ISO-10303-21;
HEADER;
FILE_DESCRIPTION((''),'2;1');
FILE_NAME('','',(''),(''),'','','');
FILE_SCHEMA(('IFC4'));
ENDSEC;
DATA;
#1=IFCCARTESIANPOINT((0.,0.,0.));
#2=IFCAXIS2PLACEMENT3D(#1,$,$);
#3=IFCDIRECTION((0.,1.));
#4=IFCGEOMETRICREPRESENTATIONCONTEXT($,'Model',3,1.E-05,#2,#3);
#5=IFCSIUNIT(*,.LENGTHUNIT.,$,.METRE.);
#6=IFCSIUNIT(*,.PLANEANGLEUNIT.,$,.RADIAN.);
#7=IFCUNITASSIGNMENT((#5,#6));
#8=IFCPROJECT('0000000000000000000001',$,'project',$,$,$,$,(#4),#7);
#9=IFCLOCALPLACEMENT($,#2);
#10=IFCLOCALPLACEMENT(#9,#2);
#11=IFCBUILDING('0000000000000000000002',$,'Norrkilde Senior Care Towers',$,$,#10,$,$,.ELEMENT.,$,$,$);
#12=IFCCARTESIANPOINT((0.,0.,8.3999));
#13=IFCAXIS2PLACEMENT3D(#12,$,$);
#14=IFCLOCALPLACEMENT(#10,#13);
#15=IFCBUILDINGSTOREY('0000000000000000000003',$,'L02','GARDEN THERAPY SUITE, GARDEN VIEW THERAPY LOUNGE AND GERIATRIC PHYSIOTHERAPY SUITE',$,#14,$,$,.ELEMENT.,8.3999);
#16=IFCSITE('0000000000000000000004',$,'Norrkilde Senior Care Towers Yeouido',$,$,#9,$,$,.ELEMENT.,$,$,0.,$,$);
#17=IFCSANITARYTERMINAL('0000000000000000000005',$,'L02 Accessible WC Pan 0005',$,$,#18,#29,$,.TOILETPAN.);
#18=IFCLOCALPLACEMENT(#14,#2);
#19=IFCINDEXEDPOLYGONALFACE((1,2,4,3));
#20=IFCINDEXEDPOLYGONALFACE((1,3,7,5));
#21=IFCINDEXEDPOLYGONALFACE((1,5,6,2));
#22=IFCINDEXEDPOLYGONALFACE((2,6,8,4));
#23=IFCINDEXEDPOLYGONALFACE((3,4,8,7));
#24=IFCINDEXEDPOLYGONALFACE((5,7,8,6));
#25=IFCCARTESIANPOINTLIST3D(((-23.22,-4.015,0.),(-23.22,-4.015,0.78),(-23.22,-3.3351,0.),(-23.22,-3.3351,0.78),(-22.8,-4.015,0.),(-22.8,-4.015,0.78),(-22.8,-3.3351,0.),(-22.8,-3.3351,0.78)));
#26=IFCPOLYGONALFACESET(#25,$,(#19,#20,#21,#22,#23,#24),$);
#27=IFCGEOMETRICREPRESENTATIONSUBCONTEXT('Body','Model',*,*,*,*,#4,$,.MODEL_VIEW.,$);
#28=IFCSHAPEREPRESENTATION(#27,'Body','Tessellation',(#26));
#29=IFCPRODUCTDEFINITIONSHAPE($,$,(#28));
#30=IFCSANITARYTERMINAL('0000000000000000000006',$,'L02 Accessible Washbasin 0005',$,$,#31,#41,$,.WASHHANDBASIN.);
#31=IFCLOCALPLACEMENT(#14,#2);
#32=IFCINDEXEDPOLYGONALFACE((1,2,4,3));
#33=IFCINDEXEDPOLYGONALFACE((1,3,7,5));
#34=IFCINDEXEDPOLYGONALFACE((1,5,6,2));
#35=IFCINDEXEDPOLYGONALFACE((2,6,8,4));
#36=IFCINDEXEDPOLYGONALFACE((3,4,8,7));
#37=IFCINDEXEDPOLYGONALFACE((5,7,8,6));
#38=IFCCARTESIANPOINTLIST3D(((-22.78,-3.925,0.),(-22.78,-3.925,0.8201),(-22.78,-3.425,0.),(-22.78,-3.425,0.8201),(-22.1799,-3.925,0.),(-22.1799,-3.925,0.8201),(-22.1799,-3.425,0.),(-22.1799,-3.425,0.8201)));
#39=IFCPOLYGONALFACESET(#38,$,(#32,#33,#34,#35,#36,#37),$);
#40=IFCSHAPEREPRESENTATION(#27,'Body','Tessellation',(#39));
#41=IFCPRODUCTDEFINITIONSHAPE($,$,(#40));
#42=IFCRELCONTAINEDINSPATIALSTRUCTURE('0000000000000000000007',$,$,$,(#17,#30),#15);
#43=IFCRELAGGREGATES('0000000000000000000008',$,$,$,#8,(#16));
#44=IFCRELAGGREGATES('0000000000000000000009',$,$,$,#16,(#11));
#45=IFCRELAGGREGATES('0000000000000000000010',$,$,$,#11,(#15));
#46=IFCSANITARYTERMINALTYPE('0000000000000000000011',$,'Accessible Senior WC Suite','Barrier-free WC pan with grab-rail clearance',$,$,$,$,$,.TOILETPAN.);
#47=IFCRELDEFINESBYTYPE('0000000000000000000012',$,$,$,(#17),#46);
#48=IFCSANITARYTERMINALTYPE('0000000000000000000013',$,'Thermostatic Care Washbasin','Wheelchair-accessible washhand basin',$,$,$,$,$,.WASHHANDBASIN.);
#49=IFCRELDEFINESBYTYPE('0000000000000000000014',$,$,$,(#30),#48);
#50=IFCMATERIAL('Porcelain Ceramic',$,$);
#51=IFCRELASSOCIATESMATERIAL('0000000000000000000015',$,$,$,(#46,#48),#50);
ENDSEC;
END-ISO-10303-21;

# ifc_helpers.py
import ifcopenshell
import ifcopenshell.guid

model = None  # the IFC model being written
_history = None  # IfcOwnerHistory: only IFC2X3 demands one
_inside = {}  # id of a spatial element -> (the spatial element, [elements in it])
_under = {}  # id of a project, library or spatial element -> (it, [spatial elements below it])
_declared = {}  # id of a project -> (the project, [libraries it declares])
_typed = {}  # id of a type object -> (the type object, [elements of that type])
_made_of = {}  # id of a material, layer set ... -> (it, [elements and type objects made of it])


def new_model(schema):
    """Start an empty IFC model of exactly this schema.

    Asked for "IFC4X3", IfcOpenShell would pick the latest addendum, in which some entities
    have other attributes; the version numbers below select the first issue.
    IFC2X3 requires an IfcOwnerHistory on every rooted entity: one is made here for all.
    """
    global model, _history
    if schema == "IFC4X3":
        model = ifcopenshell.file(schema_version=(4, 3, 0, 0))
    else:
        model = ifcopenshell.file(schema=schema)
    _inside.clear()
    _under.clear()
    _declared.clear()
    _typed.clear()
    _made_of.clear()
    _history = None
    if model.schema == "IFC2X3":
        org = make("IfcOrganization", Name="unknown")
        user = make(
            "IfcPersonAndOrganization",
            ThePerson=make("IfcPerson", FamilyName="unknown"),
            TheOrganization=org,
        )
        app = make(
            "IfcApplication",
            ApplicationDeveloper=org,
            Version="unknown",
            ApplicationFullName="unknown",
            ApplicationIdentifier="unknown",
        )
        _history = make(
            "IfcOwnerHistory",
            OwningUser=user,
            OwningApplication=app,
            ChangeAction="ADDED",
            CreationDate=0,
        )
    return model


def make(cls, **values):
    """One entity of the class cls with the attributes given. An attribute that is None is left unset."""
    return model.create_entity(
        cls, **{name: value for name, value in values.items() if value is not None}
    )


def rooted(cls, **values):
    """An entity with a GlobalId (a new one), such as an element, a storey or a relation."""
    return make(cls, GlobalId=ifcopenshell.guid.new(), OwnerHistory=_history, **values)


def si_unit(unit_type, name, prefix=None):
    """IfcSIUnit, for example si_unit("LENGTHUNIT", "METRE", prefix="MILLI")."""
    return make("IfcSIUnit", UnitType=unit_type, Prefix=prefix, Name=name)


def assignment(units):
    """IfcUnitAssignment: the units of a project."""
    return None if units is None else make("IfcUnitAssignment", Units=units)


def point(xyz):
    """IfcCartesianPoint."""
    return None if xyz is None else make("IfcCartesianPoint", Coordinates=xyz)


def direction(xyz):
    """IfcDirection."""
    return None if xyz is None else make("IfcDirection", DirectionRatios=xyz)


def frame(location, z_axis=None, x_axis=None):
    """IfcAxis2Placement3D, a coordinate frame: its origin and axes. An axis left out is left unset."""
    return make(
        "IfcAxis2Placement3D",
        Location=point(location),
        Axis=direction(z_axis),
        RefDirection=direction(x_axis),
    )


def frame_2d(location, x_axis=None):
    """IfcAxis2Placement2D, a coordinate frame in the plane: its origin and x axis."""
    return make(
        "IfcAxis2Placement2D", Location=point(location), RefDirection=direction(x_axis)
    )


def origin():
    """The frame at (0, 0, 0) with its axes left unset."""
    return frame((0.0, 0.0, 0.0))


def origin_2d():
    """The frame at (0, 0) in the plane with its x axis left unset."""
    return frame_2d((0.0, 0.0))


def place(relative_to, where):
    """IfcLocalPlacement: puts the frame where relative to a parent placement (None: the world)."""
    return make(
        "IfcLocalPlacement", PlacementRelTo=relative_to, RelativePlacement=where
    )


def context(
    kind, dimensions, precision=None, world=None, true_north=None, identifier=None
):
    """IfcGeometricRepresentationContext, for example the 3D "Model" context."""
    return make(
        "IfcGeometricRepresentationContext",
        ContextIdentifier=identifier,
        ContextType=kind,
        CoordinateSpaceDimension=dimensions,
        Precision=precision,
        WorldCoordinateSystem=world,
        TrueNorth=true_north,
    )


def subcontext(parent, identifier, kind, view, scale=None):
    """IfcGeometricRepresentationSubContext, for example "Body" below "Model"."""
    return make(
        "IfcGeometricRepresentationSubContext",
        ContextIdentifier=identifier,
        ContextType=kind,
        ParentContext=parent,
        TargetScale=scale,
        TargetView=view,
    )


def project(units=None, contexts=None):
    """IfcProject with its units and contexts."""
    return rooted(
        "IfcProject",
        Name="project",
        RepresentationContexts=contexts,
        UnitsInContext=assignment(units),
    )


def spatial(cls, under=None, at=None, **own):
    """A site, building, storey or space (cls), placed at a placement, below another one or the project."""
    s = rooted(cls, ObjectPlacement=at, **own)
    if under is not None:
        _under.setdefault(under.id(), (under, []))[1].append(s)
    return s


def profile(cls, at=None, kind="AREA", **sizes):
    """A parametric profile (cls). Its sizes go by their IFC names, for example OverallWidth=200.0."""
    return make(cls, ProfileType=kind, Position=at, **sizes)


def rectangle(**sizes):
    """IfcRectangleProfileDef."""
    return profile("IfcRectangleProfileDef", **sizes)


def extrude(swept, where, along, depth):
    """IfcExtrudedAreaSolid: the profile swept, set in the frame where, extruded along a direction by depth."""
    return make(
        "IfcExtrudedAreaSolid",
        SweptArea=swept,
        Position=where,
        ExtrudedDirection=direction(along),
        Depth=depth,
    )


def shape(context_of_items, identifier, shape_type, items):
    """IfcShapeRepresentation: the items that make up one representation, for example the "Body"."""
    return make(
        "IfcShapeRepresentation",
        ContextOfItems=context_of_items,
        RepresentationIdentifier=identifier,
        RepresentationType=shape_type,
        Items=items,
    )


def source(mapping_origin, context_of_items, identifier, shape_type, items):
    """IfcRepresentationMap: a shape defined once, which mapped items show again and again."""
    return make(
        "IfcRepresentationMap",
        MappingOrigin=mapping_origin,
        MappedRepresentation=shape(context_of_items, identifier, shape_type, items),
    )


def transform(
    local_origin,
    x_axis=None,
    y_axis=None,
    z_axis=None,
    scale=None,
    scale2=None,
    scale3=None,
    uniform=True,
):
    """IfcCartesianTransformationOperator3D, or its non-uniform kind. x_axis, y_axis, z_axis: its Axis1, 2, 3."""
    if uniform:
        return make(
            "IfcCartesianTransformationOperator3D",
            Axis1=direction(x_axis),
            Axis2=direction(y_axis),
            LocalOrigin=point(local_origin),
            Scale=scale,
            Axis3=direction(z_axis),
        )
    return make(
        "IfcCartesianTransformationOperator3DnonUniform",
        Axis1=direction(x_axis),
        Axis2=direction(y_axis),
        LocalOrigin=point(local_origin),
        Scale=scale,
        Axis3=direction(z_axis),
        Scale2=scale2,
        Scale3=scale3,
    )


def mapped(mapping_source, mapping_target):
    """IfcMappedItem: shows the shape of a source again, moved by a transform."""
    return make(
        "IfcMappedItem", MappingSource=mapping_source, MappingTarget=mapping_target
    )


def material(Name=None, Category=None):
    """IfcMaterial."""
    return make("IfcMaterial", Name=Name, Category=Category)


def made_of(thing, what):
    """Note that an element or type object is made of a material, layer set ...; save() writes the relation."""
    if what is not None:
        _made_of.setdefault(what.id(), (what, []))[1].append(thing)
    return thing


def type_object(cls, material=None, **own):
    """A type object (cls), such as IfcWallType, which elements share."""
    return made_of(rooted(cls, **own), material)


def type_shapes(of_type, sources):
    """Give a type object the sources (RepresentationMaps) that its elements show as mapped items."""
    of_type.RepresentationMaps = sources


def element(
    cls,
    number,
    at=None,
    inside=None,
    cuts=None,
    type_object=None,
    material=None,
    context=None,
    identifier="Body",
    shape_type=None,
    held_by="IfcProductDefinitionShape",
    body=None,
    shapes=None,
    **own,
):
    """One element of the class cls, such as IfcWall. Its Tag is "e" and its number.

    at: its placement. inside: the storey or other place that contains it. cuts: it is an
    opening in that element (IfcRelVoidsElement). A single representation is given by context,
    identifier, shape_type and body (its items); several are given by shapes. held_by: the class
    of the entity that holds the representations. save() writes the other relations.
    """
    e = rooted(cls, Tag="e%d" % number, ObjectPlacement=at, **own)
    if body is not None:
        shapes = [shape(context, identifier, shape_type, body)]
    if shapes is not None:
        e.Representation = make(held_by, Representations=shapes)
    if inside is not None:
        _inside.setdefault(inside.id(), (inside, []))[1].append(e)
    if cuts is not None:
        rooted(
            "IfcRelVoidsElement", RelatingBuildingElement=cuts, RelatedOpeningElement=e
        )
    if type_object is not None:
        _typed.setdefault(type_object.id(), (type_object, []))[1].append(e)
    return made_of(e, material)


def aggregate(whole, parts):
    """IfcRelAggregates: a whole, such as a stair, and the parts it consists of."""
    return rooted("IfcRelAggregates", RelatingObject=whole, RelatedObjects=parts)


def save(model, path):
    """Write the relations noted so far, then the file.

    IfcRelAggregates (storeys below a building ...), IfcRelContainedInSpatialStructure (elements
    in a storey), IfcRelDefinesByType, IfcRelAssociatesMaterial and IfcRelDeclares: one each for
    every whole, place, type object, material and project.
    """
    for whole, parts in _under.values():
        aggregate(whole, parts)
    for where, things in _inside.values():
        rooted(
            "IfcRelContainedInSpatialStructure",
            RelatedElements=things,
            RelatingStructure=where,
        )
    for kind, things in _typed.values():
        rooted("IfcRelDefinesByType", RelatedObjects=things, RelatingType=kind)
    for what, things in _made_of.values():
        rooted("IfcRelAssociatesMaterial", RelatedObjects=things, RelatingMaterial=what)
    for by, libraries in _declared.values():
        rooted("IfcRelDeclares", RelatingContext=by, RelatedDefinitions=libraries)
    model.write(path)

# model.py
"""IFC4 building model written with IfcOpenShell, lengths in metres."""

from ifc_helpers import new_model, si_unit, direction, frame, origin, origin_2d, place, context, subcontext, project, spatial, rectangle, extrude, source, transform, mapped, material, type_object, type_shapes, element, save


model = new_model("IFC4")

# Units and contexts
model_context = context("Model", 3, precision=1e-05, world=origin(), true_north=direction((0.0, 1.0)))
body_context = subcontext(model_context, "Body", "Model", "MODEL_VIEW")
ifc_project = project(units=[si_unit("LENGTHUNIT", "METRE"), si_unit("PLANEANGLEUNIT", "RADIAN")], contexts=[model_context])

# Site, building, storey
site_placement = place(None, origin())
site = spatial("IfcSite", under=ifc_project, at=site_placement, Name="Norrkilde Senior Care Towers Yeouido", CompositionType="ELEMENT", RefElevation=0.0)
building_placement = place(site_placement, origin())
building = spatial("IfcBuilding", under=site, at=building_placement, Name="Norrkilde Senior Care Towers", CompositionType="ELEMENT")
storey_placement = place(building_placement, frame((0.0, 0.0, 8.3999)))
storey = spatial("IfcBuildingStorey", under=building, at=storey_placement, Name="L02", Description="GARDEN THERAPY SUITE, GARDEN VIEW THERAPY LOUNGE AND GERIATRIC PHYSIOTHERAPY SUITE", CompositionType="ELEMENT", Elevation=8.3999)

# Sanitary terminals
ifc_material_1 = material(Name="Porcelain Ceramic")
sanitary_terminal_type_1 = type_object("IfcSanitaryTerminalType", Name="Accessible Senior WC Suite", Description="Barrier-free WC pan with grab-rail clearance", PredefinedType="TOILETPAN", material=ifc_material_1)
shared_shape_1 = source(origin(), body_context, "Body", "SweptSolid", [
    extrude(rectangle(XDim=0.4199, YDim=0.6799, at=origin_2d()), origin(), (0.0, 0.0, 1.0), 0.78),
])
type_shapes(sanitary_terminal_type_1, [shared_shape_1])
sanitary_terminal_1_placement = place(storey_placement, frame((-23.01, -3.675, 0.0), z_axis=(0.0, 0.0, 1.0), x_axis=(1.0, 0.0, 0.0)))
element("IfcSanitaryTerminal", 1, at=sanitary_terminal_1_placement, inside=storey, type_object=sanitary_terminal_type_1, Name="L02 Accessible WC Pan 0005", PredefinedType="TOILETPAN", context=body_context, shape_type="MappedRepresentation", body=[
    mapped(shared_shape_1, transform((0.0, 0.0, 0.0), x_axis=(1.0, 0.0, 0.0), y_axis=(0.0, 1.0, 0.0), z_axis=(0.0, 0.0, 1.0), scale=1.0)),
])
sanitary_terminal_type_2 = type_object("IfcSanitaryTerminalType", Name="Thermostatic Care Washbasin", Description="Wheelchair-accessible washhand basin", PredefinedType="WASHHANDBASIN", material=ifc_material_1)
shared_shape_2 = source(origin(), body_context, "Body", "SweptSolid", [
    extrude(rectangle(XDim=0.6001, YDim=0.5, at=origin_2d()), origin(), (0.0, 0.0, 1.0), 0.8201),
])
type_shapes(sanitary_terminal_type_2, [shared_shape_2])
sanitary_terminal_2_placement = place(storey_placement, frame((-22.48, -3.675, 0.0), z_axis=(0.0, 0.0, 1.0), x_axis=(1.0, 0.0, 0.0)))
element("IfcSanitaryTerminal", 2, at=sanitary_terminal_2_placement, inside=storey, type_object=sanitary_terminal_type_2, Name="L02 Accessible Washbasin 0005", PredefinedType="WASHHANDBASIN", context=body_context, shape_type="MappedRepresentation", body=[
    mapped(shared_shape_2, transform((0.0, 0.0, 0.0), x_axis=(1.0, 0.0, 0.0), y_axis=(0.0, 1.0, 0.0), z_axis=(0.0, 0.0, 1.0), scale=1.0)),
])

save(model, "model.ifc")
